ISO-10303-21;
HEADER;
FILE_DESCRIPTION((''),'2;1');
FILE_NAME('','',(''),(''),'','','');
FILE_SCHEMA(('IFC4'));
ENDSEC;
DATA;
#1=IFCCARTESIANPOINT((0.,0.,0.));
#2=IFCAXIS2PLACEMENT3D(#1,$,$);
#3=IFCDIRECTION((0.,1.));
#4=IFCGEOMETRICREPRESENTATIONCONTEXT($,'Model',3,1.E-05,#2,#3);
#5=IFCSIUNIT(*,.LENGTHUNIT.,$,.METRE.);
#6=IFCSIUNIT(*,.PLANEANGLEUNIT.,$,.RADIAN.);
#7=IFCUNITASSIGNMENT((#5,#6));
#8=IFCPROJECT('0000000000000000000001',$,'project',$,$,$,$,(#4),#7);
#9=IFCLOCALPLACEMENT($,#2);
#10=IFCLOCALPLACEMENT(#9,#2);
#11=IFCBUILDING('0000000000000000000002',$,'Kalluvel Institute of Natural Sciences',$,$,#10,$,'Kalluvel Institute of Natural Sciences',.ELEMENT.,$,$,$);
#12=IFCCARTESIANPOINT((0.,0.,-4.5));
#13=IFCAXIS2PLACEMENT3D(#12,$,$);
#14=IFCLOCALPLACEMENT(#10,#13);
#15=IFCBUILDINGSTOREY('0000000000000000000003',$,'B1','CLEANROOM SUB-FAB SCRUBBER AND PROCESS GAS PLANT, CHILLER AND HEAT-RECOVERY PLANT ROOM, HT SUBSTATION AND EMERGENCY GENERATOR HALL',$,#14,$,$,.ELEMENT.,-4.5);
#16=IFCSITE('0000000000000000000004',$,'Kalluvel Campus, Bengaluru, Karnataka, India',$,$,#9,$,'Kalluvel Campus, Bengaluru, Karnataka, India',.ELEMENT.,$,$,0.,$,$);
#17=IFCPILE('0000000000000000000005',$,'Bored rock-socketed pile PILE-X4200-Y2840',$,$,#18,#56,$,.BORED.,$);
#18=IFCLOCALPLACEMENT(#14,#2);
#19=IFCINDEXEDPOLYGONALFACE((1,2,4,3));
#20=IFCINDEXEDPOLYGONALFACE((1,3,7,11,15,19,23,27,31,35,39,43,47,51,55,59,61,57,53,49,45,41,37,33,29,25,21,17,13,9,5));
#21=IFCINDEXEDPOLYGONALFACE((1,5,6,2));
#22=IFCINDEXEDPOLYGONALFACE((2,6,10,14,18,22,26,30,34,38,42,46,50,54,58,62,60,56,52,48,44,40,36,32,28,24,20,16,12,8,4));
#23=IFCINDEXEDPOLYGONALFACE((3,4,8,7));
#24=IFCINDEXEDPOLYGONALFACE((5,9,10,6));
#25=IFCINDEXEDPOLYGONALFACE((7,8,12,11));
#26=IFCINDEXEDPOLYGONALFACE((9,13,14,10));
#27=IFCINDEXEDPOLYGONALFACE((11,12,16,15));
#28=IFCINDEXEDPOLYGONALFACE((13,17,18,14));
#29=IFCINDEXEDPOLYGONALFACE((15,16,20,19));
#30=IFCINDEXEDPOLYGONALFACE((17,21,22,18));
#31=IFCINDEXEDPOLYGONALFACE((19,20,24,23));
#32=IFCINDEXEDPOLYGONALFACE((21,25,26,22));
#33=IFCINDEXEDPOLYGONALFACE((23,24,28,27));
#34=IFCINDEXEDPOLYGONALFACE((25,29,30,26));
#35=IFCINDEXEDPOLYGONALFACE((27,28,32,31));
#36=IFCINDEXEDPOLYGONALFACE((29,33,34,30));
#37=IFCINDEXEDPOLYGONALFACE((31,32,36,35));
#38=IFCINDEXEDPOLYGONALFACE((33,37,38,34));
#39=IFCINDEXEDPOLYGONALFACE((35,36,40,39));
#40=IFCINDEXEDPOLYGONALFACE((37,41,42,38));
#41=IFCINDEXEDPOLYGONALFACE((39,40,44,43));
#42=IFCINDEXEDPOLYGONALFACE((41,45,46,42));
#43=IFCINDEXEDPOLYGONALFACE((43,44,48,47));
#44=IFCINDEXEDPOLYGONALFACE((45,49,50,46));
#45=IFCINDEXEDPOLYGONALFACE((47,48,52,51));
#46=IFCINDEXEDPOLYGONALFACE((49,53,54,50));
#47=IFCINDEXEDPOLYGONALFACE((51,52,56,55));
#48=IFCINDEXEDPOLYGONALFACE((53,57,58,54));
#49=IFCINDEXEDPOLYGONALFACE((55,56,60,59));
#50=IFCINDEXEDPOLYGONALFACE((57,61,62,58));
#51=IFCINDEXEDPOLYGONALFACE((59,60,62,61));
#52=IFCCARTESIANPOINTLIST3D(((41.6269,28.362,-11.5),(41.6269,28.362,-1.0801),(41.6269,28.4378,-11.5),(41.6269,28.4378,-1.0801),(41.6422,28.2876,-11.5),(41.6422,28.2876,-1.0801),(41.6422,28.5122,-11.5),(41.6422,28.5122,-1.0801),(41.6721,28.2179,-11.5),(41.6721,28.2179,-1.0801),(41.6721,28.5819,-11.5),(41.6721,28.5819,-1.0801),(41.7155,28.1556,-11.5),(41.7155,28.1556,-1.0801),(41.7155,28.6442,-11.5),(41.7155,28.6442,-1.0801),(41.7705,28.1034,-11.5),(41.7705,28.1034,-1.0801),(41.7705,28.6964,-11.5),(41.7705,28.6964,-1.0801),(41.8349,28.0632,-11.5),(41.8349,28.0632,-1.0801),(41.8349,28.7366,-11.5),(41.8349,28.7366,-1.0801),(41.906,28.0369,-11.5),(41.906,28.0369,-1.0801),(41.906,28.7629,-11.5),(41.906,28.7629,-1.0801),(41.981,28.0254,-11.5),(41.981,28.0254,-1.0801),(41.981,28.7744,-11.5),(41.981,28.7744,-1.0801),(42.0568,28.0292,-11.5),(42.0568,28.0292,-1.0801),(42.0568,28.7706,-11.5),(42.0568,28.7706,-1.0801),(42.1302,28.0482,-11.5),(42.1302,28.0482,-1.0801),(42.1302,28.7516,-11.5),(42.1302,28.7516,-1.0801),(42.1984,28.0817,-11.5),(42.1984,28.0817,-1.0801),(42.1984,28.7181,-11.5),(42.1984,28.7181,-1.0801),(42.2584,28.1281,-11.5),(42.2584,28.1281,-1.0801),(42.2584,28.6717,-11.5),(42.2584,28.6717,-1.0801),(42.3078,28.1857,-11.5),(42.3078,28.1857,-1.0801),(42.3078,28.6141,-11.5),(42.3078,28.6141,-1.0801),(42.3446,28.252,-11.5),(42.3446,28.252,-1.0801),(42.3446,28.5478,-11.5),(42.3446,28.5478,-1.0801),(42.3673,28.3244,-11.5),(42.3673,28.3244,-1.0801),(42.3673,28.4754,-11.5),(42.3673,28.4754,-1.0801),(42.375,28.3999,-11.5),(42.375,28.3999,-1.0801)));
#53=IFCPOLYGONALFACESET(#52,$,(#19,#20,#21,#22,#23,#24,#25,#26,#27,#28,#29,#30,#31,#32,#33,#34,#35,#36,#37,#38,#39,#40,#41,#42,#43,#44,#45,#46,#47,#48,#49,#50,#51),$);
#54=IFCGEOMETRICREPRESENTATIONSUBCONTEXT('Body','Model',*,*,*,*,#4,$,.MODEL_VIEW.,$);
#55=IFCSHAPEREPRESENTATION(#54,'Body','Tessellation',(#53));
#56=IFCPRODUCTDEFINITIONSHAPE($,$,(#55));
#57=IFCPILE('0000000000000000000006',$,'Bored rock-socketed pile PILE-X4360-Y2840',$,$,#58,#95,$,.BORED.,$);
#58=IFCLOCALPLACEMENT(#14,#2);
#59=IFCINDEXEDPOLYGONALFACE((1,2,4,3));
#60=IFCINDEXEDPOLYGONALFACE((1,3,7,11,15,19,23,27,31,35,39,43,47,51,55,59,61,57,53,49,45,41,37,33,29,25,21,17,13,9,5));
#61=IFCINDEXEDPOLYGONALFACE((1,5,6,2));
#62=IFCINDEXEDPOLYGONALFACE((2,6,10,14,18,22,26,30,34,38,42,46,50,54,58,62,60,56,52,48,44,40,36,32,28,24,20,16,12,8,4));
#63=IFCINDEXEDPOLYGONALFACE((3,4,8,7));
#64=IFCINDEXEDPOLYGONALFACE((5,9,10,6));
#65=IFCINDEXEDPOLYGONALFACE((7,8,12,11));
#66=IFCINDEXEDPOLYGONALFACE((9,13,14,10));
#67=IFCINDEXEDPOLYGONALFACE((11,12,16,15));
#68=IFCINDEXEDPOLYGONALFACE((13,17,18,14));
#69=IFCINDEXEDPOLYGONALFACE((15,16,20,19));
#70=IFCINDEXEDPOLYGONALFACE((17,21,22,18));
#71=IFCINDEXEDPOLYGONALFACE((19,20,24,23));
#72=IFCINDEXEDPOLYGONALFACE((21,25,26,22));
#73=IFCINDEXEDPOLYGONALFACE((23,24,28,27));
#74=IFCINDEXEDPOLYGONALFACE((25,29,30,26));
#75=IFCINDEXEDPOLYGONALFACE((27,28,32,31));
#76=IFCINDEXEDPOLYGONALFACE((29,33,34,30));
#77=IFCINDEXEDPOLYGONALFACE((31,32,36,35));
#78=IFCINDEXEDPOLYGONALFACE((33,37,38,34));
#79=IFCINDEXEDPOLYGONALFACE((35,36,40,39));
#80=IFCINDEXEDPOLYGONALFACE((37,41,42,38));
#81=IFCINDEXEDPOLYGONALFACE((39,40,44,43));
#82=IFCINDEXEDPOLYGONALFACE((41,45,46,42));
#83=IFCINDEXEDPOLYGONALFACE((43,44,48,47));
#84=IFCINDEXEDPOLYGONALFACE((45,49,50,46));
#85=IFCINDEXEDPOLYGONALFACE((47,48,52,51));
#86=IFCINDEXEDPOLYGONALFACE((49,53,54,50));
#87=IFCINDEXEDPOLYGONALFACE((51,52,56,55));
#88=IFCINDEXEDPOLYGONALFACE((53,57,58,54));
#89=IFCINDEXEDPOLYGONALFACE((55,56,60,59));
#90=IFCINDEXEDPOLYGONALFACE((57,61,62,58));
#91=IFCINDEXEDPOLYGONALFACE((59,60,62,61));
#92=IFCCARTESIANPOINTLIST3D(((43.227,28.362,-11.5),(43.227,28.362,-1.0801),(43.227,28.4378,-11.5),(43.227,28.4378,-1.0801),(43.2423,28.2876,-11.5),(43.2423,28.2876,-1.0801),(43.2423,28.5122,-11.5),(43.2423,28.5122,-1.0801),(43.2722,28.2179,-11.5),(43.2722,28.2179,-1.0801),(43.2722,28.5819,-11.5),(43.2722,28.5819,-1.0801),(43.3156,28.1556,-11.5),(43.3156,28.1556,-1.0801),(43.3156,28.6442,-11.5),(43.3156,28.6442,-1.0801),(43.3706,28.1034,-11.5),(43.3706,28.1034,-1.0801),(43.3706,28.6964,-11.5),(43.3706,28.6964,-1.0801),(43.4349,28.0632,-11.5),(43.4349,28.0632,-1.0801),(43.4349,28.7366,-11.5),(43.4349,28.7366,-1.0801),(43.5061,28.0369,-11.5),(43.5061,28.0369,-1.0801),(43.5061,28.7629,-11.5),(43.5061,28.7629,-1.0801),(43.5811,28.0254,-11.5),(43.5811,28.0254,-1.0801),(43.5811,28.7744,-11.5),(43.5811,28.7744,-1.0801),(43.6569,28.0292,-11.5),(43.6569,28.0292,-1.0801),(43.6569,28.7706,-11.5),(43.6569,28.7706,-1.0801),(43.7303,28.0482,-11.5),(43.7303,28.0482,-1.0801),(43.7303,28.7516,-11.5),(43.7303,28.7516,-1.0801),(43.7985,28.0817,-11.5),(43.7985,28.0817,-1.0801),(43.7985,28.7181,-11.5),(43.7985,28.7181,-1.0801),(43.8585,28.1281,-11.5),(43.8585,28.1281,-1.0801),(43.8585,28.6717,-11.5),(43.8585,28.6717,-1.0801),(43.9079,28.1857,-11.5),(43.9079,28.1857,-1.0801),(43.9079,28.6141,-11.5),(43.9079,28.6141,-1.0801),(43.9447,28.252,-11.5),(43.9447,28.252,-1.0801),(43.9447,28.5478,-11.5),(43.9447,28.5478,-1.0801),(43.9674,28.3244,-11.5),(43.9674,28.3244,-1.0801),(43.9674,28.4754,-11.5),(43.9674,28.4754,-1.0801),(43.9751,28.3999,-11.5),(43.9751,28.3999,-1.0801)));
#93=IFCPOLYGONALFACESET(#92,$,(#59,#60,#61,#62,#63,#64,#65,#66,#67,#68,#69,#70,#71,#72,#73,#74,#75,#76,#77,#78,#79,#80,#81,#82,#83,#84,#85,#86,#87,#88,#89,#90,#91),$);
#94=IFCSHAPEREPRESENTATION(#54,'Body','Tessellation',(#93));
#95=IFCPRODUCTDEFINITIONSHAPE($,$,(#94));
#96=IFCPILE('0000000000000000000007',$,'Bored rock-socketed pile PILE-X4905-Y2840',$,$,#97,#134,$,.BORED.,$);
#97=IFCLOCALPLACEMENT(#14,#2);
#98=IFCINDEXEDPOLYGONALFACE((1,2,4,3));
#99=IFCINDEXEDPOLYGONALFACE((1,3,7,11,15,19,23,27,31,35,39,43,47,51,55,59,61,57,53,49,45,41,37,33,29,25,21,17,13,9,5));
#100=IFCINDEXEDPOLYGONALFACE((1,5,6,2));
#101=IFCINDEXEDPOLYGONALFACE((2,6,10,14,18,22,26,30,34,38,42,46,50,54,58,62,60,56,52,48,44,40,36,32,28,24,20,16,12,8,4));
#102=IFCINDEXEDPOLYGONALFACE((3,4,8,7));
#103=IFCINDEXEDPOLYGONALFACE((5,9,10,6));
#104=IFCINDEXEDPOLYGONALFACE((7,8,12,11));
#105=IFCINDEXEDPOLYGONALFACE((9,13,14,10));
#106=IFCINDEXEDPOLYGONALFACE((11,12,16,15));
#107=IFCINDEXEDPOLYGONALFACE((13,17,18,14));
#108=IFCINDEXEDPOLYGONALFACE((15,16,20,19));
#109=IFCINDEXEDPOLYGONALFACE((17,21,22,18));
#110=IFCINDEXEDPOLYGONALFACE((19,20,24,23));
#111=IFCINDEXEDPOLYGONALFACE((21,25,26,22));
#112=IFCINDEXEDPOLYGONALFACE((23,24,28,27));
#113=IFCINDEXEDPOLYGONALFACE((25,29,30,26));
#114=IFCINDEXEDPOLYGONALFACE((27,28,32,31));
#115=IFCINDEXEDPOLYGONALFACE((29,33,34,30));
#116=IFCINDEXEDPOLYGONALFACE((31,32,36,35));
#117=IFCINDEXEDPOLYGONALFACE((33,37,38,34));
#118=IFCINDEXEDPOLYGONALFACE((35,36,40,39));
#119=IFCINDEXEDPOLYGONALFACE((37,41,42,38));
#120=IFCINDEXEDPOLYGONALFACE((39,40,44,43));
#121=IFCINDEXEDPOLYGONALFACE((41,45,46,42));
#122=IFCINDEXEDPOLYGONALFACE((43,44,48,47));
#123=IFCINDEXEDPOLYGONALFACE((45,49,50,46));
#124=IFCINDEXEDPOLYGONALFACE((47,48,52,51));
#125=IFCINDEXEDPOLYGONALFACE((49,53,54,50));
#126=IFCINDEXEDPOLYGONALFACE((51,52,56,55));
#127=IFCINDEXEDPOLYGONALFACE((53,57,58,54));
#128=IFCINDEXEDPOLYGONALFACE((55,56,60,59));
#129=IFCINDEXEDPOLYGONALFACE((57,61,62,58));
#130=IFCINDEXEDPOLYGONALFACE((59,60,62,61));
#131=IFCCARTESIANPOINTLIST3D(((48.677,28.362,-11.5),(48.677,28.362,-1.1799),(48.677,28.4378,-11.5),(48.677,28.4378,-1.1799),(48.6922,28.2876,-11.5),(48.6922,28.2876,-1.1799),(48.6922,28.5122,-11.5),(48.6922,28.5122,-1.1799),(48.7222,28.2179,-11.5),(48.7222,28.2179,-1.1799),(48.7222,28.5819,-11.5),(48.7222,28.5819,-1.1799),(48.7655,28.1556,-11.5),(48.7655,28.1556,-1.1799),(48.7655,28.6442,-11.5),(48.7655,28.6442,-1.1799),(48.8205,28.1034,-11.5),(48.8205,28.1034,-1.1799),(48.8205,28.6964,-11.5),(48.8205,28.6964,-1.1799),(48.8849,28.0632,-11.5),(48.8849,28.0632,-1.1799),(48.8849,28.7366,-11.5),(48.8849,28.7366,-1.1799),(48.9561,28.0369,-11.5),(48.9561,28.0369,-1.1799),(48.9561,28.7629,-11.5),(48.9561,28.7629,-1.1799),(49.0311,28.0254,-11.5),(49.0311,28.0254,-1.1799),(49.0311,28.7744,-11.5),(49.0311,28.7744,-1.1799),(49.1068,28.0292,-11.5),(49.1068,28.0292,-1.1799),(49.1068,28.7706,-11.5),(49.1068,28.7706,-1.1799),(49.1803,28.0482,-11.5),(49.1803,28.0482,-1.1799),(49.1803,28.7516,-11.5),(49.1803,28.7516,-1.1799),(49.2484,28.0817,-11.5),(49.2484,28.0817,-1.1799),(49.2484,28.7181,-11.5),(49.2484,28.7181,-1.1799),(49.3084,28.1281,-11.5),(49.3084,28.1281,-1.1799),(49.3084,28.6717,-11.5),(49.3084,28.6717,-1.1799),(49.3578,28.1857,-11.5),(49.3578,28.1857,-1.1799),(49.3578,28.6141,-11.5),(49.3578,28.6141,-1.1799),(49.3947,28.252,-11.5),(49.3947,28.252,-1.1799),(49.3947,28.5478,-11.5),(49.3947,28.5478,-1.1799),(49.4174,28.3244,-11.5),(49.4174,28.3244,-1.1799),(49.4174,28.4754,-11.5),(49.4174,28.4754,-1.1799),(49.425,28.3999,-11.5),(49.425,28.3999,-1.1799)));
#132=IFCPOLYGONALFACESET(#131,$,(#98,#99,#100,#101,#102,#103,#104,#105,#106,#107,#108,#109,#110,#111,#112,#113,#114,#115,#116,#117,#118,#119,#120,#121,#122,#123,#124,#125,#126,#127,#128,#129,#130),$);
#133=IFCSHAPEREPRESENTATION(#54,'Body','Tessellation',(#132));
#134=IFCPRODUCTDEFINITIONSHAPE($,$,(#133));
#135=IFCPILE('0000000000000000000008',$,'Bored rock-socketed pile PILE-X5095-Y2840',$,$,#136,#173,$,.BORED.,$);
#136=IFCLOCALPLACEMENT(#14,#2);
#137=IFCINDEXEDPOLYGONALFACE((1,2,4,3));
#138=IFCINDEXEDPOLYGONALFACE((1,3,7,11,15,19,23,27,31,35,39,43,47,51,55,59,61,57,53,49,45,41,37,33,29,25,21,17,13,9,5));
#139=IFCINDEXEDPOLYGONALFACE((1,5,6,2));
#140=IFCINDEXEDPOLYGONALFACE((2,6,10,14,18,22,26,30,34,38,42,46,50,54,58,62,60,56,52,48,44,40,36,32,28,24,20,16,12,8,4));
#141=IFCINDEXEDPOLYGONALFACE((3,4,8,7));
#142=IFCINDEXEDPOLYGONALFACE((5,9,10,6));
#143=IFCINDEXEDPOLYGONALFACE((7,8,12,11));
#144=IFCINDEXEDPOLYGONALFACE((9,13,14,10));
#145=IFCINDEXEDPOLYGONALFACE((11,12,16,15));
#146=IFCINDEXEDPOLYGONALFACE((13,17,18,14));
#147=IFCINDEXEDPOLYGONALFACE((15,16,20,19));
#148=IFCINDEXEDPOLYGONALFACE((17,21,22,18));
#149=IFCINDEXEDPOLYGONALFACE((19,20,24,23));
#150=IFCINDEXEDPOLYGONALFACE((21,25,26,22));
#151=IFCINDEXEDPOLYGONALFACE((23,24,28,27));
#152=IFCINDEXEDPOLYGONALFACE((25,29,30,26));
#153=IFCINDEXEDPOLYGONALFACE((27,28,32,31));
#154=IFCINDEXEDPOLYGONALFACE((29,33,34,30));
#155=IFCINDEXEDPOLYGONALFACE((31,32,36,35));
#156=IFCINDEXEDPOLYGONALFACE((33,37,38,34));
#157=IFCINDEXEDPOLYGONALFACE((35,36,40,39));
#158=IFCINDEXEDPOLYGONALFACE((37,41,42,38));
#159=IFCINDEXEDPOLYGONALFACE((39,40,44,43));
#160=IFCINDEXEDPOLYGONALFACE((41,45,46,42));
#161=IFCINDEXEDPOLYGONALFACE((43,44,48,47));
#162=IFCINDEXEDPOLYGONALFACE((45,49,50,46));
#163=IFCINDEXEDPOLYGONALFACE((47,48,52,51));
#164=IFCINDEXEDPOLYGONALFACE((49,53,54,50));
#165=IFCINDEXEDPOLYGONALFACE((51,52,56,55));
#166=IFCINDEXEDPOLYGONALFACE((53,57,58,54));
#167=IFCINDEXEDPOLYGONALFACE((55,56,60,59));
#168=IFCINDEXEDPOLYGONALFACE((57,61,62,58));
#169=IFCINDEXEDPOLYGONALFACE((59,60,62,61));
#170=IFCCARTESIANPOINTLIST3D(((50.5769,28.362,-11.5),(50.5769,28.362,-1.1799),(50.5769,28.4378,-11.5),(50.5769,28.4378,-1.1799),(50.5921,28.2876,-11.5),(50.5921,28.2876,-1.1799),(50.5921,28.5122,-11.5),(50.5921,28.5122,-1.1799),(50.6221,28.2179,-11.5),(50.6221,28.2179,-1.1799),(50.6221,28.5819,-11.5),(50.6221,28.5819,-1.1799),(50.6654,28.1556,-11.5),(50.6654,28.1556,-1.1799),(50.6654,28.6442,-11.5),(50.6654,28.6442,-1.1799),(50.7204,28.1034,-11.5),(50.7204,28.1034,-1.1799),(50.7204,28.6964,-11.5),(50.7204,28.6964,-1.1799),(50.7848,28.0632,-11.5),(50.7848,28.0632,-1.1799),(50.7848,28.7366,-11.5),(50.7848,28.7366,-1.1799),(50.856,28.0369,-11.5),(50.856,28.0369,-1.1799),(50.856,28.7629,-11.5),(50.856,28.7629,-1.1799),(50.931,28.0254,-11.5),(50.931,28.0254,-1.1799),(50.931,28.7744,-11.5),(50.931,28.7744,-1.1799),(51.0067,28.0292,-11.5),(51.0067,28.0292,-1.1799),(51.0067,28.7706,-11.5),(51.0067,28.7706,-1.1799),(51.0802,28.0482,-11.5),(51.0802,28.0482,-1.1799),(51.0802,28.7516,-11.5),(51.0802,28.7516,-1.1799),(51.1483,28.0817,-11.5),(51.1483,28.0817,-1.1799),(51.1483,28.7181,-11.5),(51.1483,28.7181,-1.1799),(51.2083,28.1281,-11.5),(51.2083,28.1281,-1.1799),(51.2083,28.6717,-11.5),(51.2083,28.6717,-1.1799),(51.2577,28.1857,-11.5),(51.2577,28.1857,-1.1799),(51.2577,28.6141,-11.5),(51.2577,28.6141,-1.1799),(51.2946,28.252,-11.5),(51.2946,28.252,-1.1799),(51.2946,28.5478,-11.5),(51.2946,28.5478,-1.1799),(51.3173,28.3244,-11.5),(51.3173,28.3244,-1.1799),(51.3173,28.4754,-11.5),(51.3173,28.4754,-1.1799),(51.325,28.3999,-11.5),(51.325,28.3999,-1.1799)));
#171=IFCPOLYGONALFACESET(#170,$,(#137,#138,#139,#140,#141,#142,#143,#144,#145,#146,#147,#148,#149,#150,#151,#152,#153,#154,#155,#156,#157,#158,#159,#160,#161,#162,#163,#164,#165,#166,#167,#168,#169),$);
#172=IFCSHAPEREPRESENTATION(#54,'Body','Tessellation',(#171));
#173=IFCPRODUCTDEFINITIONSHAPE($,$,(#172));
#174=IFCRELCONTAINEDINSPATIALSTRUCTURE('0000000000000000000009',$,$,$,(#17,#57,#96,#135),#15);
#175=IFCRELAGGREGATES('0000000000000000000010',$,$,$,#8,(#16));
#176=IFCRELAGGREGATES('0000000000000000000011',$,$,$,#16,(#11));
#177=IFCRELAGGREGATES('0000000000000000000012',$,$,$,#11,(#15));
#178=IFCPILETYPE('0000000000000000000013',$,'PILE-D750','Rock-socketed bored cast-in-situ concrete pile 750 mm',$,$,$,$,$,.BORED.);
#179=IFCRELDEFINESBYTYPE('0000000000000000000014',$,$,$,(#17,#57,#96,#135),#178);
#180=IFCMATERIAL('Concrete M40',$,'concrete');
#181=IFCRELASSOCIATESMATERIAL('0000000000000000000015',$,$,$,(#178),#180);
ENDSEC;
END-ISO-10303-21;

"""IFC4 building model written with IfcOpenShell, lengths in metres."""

from ifc_helpers import new_model, si_unit, direction, frame, origin, origin_2d, place, context, subcontext, project, spatial, circle, extrude, material, material_profile, profile_set, type_object, element, save


model = new_model("IFC4")

# Units and contexts
model_context = context("Model", 3, precision=1e-05, world=origin(), true_north=direction((0.0, 1.0)))
body_context = subcontext(model_context, "Body", "Model", "MODEL_VIEW")
ifc_project = project(units=[si_unit("LENGTHUNIT", "METRE"), si_unit("PLANEANGLEUNIT", "RADIAN")], contexts=[model_context])

# Site, building, storey
site_placement = place(None, origin())
site = spatial("IfcSite", under=ifc_project, at=site_placement, Name="Kalluvel Campus, Bengaluru, Karnataka, India", LongName="Kalluvel Campus, Bengaluru, Karnataka, India", CompositionType="ELEMENT", RefElevation=0.0)
building_placement = place(site_placement, origin())
building = spatial("IfcBuilding", under=site, at=building_placement, Name="Kalluvel Institute of Natural Sciences", LongName="Kalluvel Institute of Natural Sciences", CompositionType="ELEMENT")
storey_placement = place(building_placement, frame((0.0, 0.0, -4.5)))
storey = spatial("IfcBuildingStorey", under=building, at=storey_placement, Name="B1", Description="CLEANROOM SUB-FAB SCRUBBER AND PROCESS GAS PLANT, CHILLER AND HEAT-RECOVERY PLANT ROOM, HT SUBSTATION AND EMERGENCY GENERATOR HALL", CompositionType="ELEMENT", Elevation=-4.5)

# Shared definitions
ifc_material_1 = material(Name="Concrete M40", Category="concrete")

# Piles
ifc_material_profile_1 = material_profile(ifc_material_1, circle(Radius=0.375, at=origin_2d()), Name="PILE D750")
ifc_profile_set_1 = profile_set([ifc_material_profile_1], Name="Concrete M40")
pile_type_1 = type_object("IfcPileType", Name="PILE-D750", Description="Rock-socketed bored cast-in-situ concrete pile 750 mm", PredefinedType="BORED", material=ifc_profile_set_1)
for number, where, z_axis, x_axis, name in (
    (1, (42.0, 28.3999, -1.0801), (0.0, 0.0, -1.0), (1.0, 0.0, 0.0), "Bored rock-socketed pile PILE-X4200-Y2840"),
    (2, (43.6001, 28.3999, -1.0801), (0.0, 0.0, -1.0), (1.0, 0.0, 0.0), "Bored rock-socketed pile PILE-X4360-Y2840"),
):
    element("IfcPile", number, at=place(storey_placement, frame(where, z_axis=z_axis, x_axis=x_axis)), inside=storey, type_object=pile_type_1, Name=name, PredefinedType="BORED", context=body_context, shape_type="SweptSolid", body=[
        extrude(circle(Radius=0.375, at=origin_2d()), origin(), (0.0, 0.0, 1.0), 10.4199),
    ])
for number, where, z_axis, x_axis, name in (
    (3, (49.05, 28.3999, -1.1799), (0.0, 0.0, -1.0), (1.0, 0.0, 0.0), "Bored rock-socketed pile PILE-X4905-Y2840"),
    (4, (50.95, 28.3999, -1.1799), (0.0, 0.0, -1.0), (1.0, 0.0, 0.0), "Bored rock-socketed pile PILE-X5095-Y2840"),
):
    element("IfcPile", number, at=place(storey_placement, frame(where, z_axis=z_axis, x_axis=x_axis)), inside=storey, type_object=pile_type_1, Name=name, PredefinedType="BORED", context=body_context, shape_type="SweptSolid", body=[
        extrude(circle(Radius=0.375, at=origin_2d()), origin(), (0.0, 0.0, 1.0), 10.3201),
    ])

save(model, "model.ifc")
